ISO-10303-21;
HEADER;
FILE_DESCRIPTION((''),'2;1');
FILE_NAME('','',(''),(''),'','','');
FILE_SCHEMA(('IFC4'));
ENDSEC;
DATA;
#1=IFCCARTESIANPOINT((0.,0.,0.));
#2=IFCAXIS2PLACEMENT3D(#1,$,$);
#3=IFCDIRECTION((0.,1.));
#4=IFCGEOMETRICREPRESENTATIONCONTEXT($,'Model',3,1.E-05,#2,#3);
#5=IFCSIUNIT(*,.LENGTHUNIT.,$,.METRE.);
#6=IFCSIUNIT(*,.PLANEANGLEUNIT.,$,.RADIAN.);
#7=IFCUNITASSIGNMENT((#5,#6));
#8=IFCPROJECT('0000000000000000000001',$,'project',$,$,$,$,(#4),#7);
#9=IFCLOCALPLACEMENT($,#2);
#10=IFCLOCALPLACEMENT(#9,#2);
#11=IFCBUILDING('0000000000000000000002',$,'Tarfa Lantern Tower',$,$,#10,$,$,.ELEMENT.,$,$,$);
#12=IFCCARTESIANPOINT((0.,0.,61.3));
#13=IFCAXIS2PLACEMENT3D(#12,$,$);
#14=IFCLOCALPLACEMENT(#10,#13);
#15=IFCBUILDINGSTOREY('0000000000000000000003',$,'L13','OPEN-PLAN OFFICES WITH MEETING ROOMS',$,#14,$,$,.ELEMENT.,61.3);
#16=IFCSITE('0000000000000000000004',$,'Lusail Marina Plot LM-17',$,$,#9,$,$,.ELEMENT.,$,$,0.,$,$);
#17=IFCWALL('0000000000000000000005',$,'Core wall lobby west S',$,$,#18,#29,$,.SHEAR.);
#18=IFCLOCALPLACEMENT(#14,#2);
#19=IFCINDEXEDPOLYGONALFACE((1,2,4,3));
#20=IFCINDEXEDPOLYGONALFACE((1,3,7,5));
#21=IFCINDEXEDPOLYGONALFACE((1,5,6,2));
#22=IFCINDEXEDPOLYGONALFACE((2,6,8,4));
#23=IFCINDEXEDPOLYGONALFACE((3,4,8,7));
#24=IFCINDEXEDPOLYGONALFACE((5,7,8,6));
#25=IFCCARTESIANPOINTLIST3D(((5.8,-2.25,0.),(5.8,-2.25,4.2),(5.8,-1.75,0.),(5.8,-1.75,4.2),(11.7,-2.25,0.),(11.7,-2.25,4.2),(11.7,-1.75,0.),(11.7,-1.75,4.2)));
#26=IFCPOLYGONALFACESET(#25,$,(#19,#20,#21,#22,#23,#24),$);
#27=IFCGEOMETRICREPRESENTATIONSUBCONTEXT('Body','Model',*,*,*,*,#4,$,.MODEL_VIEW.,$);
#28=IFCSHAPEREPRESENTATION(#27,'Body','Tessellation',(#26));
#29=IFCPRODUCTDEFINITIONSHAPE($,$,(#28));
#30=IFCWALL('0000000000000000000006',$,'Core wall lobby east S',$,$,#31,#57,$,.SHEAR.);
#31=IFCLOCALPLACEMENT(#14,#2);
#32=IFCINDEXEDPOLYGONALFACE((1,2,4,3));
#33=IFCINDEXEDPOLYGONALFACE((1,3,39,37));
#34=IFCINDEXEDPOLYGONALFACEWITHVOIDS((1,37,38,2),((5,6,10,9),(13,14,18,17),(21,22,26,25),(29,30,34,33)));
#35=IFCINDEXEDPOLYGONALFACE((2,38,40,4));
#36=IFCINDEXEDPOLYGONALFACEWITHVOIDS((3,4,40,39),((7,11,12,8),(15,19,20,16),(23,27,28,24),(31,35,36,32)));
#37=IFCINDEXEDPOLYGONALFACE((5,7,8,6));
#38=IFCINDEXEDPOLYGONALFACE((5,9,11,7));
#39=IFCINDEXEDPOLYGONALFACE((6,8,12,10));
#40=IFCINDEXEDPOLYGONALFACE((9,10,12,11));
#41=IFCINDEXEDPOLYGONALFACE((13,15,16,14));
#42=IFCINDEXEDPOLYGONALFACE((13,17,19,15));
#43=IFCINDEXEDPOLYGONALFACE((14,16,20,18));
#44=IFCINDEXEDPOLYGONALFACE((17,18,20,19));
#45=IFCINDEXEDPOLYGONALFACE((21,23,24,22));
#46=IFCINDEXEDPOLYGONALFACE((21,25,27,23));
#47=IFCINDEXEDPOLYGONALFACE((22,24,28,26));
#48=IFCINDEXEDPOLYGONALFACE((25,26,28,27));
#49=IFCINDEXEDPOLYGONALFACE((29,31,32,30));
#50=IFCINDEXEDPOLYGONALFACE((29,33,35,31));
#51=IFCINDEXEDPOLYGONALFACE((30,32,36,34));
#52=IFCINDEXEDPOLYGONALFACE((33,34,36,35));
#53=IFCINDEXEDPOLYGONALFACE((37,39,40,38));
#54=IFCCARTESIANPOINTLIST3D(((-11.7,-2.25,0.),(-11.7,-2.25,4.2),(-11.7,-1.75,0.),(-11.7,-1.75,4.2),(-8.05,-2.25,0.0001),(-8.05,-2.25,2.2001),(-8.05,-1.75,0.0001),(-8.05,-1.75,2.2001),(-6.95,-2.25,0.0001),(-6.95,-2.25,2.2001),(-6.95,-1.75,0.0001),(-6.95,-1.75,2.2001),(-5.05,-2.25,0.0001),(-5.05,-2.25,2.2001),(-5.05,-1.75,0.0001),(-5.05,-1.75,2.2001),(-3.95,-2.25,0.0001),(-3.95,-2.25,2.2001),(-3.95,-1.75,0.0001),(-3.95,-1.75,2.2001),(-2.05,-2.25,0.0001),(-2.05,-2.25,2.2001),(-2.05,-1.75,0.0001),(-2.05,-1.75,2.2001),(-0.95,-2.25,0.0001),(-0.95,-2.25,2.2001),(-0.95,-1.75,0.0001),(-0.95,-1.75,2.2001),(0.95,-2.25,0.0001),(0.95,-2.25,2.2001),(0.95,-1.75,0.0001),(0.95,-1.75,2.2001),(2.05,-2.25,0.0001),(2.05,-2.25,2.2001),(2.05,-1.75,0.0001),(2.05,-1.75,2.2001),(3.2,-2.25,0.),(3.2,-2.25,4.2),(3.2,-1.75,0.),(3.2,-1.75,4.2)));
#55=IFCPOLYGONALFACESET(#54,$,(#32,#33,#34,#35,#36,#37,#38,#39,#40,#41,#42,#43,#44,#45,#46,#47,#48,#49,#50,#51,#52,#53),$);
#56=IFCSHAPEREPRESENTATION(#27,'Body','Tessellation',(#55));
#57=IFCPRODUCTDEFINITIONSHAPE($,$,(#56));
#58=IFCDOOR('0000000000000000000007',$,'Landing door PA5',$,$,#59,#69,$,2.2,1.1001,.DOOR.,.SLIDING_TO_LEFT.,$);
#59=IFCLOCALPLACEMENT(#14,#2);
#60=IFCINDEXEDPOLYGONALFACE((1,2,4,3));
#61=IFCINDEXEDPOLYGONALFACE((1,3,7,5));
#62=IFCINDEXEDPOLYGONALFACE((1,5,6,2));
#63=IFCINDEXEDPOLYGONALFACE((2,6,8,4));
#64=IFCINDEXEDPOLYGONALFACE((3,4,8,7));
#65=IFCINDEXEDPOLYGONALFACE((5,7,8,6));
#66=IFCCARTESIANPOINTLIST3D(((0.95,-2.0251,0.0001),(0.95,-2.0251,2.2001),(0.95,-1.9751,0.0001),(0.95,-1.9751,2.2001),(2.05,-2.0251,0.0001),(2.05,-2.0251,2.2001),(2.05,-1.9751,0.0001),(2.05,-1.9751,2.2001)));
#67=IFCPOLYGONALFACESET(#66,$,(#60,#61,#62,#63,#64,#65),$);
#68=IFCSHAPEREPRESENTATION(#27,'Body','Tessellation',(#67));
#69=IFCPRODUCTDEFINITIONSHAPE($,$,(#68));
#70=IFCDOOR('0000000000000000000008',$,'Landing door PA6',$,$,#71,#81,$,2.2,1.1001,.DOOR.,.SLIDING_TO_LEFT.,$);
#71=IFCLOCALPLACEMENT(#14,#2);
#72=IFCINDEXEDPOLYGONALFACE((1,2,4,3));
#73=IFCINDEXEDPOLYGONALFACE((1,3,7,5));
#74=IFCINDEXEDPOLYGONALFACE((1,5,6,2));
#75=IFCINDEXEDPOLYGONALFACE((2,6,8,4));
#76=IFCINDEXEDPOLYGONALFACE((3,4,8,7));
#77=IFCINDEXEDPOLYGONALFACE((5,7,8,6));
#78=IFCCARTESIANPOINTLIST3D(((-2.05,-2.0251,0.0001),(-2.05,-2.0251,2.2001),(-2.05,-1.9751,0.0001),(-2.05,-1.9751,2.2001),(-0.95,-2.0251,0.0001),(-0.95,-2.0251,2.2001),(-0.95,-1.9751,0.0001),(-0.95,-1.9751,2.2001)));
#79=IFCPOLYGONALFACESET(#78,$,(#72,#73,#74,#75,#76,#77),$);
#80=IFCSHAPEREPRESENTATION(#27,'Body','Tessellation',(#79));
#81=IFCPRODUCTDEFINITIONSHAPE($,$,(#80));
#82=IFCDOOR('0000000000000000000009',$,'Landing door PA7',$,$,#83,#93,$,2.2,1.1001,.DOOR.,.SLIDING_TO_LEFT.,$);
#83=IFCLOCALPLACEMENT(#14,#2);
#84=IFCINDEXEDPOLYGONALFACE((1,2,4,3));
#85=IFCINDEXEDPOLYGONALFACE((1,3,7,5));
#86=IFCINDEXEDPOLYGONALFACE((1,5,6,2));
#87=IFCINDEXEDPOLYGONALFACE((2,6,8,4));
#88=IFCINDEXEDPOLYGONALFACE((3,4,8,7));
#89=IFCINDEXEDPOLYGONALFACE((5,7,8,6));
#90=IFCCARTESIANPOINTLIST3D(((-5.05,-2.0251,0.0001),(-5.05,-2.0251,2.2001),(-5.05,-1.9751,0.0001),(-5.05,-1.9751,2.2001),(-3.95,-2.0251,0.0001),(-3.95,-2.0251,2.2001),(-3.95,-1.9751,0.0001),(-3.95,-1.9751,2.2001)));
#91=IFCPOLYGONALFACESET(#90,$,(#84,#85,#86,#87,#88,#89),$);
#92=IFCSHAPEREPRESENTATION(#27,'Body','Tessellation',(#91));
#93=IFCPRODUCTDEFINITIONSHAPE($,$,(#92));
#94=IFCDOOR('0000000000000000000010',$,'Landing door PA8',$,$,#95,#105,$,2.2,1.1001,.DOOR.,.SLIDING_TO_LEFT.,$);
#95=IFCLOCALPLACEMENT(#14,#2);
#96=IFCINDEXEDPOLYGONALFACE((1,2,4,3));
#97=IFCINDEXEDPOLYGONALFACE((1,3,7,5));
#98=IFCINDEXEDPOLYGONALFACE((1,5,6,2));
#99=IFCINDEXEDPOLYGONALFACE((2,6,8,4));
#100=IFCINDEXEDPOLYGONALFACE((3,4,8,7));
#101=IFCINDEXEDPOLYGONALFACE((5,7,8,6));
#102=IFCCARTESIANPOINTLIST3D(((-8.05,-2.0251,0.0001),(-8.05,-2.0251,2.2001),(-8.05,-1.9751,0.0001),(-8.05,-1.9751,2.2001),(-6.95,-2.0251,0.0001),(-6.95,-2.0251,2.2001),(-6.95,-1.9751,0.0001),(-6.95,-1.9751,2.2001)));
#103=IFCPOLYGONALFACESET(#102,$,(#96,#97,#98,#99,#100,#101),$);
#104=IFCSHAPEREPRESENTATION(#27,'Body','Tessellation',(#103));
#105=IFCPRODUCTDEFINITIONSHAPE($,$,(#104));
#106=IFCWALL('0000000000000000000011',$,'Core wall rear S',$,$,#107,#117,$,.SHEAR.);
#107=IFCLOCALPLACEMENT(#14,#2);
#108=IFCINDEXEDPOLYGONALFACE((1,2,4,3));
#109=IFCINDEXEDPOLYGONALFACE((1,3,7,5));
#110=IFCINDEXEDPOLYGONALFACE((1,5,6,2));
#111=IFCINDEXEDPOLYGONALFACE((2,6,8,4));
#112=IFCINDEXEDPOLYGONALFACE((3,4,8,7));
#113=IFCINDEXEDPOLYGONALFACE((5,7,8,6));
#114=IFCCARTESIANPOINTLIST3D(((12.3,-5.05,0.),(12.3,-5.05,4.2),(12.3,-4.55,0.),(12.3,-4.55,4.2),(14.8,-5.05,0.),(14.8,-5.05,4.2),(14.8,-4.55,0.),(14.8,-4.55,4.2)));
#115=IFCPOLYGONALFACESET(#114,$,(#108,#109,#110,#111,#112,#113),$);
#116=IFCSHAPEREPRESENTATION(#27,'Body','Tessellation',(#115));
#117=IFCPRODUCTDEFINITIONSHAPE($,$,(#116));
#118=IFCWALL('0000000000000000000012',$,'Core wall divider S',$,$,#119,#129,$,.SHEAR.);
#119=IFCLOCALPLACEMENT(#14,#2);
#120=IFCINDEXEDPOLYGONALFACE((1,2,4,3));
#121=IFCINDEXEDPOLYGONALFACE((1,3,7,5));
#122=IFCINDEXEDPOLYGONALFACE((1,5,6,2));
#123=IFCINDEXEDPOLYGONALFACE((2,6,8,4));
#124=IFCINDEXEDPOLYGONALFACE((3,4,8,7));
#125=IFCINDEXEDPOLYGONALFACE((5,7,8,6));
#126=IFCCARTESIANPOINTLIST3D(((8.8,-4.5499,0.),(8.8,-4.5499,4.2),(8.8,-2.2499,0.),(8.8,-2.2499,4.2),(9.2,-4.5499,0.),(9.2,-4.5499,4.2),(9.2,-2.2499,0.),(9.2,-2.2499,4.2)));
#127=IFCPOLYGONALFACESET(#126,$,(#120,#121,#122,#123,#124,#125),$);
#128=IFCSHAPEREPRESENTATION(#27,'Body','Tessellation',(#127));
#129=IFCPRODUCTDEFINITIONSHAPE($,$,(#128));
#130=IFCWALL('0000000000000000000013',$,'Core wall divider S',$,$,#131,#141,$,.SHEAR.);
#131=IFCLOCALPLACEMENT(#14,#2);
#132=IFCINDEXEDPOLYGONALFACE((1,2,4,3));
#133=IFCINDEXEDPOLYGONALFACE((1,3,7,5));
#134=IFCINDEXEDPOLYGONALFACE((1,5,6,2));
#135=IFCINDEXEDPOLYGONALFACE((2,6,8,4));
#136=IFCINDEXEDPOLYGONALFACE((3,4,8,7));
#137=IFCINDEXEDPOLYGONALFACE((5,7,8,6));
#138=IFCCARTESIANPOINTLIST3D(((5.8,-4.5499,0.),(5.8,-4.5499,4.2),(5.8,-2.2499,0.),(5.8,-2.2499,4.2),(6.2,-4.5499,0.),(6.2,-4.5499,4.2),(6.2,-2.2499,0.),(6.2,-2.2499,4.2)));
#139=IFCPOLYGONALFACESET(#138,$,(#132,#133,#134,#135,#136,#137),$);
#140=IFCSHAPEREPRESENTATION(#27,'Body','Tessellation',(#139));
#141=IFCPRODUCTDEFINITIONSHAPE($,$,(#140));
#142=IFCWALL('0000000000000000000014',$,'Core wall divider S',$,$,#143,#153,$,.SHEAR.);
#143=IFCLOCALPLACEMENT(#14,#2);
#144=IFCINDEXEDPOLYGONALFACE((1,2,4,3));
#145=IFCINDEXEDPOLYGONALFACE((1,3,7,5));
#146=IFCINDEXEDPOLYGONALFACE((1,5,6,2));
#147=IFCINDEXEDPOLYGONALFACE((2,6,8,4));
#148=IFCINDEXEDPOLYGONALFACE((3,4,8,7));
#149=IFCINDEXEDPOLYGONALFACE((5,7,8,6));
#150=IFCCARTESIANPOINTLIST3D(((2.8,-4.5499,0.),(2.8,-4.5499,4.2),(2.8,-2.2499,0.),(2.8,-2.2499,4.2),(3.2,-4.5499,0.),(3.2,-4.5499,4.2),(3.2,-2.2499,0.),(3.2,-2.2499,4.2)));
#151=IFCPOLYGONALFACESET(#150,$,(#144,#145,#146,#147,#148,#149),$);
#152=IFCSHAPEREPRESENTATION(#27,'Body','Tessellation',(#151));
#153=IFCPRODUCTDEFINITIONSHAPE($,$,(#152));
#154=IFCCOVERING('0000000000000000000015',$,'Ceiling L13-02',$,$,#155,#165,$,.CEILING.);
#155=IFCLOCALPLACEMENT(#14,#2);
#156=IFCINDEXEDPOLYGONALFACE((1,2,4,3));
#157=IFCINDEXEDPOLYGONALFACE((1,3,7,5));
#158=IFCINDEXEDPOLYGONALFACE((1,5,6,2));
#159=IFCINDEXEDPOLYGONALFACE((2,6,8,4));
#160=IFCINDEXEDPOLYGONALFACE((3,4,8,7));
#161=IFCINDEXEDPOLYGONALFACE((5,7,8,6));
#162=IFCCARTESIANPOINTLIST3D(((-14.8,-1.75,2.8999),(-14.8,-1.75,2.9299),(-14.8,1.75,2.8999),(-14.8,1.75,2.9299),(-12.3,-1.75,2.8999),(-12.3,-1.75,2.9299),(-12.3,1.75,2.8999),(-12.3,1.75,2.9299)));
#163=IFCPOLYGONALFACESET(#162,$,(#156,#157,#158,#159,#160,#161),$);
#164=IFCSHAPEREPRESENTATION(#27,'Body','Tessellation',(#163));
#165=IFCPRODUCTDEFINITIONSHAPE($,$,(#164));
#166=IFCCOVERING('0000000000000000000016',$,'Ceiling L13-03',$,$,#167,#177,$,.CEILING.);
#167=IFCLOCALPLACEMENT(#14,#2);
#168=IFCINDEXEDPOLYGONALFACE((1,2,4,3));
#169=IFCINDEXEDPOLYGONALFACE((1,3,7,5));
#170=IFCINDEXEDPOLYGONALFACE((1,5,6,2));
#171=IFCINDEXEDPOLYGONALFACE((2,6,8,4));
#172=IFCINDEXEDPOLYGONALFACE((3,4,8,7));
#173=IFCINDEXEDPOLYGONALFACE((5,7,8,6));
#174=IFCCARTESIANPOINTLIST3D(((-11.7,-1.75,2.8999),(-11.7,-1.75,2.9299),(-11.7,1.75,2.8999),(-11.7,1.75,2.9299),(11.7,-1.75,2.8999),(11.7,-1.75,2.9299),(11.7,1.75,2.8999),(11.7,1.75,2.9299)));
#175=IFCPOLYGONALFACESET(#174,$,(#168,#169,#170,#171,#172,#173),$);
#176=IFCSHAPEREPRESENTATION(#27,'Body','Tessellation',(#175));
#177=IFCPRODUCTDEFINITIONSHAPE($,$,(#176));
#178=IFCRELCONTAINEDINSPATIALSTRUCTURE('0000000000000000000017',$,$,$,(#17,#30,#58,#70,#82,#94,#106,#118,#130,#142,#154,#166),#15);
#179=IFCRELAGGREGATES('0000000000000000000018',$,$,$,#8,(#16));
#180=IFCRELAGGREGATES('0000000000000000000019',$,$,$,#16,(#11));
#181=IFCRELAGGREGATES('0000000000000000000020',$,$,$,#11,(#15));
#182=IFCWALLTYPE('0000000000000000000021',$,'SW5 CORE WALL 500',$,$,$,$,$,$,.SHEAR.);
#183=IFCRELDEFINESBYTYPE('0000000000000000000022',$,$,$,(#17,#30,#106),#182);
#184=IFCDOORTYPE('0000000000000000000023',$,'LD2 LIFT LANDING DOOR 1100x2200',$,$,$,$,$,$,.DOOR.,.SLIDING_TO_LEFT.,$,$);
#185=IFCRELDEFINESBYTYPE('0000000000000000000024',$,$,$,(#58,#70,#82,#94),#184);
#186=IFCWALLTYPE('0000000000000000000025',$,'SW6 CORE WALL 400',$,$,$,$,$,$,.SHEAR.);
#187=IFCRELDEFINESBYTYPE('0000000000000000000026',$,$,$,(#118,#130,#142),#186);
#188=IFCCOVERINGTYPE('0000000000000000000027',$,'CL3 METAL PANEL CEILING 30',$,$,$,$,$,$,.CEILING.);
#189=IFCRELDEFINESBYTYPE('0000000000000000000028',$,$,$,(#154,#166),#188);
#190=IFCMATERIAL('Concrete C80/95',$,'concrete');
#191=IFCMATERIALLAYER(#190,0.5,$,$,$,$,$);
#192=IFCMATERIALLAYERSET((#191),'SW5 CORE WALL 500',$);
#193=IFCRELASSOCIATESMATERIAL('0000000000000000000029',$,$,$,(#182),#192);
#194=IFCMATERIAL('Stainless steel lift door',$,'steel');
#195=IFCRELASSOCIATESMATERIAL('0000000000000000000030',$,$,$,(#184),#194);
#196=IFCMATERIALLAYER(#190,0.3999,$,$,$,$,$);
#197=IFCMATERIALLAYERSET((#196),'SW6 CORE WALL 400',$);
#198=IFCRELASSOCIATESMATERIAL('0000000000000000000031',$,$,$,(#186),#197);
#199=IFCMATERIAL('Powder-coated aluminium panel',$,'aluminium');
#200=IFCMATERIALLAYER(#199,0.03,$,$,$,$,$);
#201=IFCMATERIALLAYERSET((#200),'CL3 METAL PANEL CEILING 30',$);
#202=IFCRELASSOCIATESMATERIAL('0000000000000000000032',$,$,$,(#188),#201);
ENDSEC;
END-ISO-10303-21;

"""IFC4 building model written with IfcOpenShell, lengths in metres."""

from ifc_helpers import new_model, si_unit, direction, frame, frame_2d, origin, place, context, subcontext, project, spatial, polyline, rectangle, outline, extrude, material, layer, layer_set, type_object, element, fill, save


model = new_model("IFC4")

# Units and contexts
model_context = context("Model", 3, precision=1e-05, world=origin(), true_north=direction((0.0, 1.0)))
body_context = subcontext(model_context, "Body", "Model", "MODEL_VIEW")
ifc_project = project(units=[si_unit("LENGTHUNIT", "METRE"), si_unit("PLANEANGLEUNIT", "RADIAN")], contexts=[model_context])

# Site, building, storey
site_placement = place(None, origin())
site = spatial("IfcSite", under=ifc_project, at=site_placement, Name="Lusail Marina Plot LM-17", CompositionType="ELEMENT", RefElevation=0.0)
building_placement = place(site_placement, origin())
building = spatial("IfcBuilding", under=site, at=building_placement, Name="Tarfa Lantern Tower", CompositionType="ELEMENT")
storey_placement = place(building_placement, frame((0.0, 0.0, 61.3)))
storey = spatial("IfcBuildingStorey", under=building, at=storey_placement, Name="L13", Description="OPEN-PLAN OFFICES WITH MEETING ROOMS", CompositionType="ELEMENT", Elevation=61.3)

# Wall
ifc_material_1 = material(Name="Concrete C80/95", Category="concrete")
ifc_layer_1 = layer(ifc_material_1, 0.5)
ifc_layer_set_1 = layer_set([ifc_layer_1], Name="SW5 CORE WALL 500")
wall_type_1 = type_object("IfcWallType", Name="SW5 CORE WALL 500", PredefinedType="SHEAR", material=ifc_layer_set_1)
wall_1_placement = place(storey_placement, frame((11.7, -2.0, 0.0), z_axis=(0.0, 0.0, 1.0), x_axis=(-1.0, 0.0, 0.0)))
element("IfcWall", 1, at=wall_1_placement, inside=storey, type_object=wall_type_1, Name="Core wall lobby west S", PredefinedType="SHEAR", context=body_context, shape_type="SweptSolid", body=[
    extrude(rectangle(XDim=5.8999, YDim=0.5, at=frame_2d((2.95, 0.0))), origin(), (0.0, 0.0, 1.0), 4.2),
])

# Wall, openings, doors
wall_2_placement = place(storey_placement, frame((3.2, -2.0, 0.0), z_axis=(0.0, 0.0, 1.0), x_axis=(-1.0, 0.0, 0.0)))
wall_2 = element("IfcWall", 2, at=wall_2_placement, inside=storey, type_object=wall_type_1, Name="Core wall lobby east S", PredefinedType="SHEAR", context=body_context, shape_type="SweptSolid", body=[
    extrude(rectangle(XDim=14.8999, YDim=0.5, at=frame_2d((7.45, 0.0))), origin(), (0.0, 0.0, 1.0), 4.2),
])
opening_1_placement = place(wall_2_placement, frame((1.1499, 0.0, 0.0)))
opening_1 = element("IfcOpeningElement", 3, at=opening_1_placement, cuts=wall_2, PredefinedType="OPENING", context=body_context, shape_type="SweptSolid", body=[
    extrude(rectangle(XDim=1.1001, YDim=2.2, at=frame_2d((0.55, 1.1001))), frame((0.0, 0.26, 0.0), z_axis=(0.0, -1.0, 0.0), x_axis=(1.0, 0.0, 0.0)), (0.0, 0.0, 1.0), 0.52),
])
opening_2_placement = place(wall_2_placement, frame((4.1499, 0.0, 0.0)))
opening_2 = element("IfcOpeningElement", 4, at=opening_2_placement, cuts=wall_2, PredefinedType="OPENING", context=body_context, shape_type="SweptSolid", body=[
    extrude(rectangle(XDim=1.1001, YDim=2.2, at=frame_2d((0.55, 1.1001))), frame((0.0, 0.26, 0.0), z_axis=(0.0, -1.0, 0.0), x_axis=(1.0, 0.0, 0.0)), (0.0, 0.0, 1.0), 0.52),
])
opening_3_placement = place(wall_2_placement, frame((7.1499, 0.0, 0.0)))
opening_3 = element("IfcOpeningElement", 5, at=opening_3_placement, cuts=wall_2, PredefinedType="OPENING", context=body_context, shape_type="SweptSolid", body=[
    extrude(rectangle(XDim=1.1001, YDim=2.2, at=frame_2d((0.55, 1.1001))), frame((0.0, 0.26, 0.0), z_axis=(0.0, -1.0, 0.0), x_axis=(1.0, 0.0, 0.0)), (0.0, 0.0, 1.0), 0.52),
])
opening_4_placement = place(wall_2_placement, frame((10.1499, 0.0, 0.0)))
opening_4 = element("IfcOpeningElement", 6, at=opening_4_placement, cuts=wall_2, PredefinedType="OPENING", context=body_context, shape_type="SweptSolid", body=[
    extrude(rectangle(XDim=1.1001, YDim=2.2, at=frame_2d((0.55, 1.1001))), frame((0.0, 0.26, 0.0), z_axis=(0.0, -1.0, 0.0), x_axis=(1.0, 0.0, 0.0)), (0.0, 0.0, 1.0), 0.52),
])
ifc_material_2 = material(Name="Stainless steel lift door", Category="steel")
door_type = type_object("IfcDoorType", Name="LD2 LIFT LANDING DOOR 1100x2200", OperationType="SLIDING_TO_LEFT", PredefinedType="DOOR", material=ifc_material_2)
door_1_placement = place(opening_1_placement, frame((1.1001, 0.0, 0.0), z_axis=(0.0, 0.0, 1.0), x_axis=(-1.0, 0.0, 0.0)))
door_1 = element("IfcDoor", 7, at=door_1_placement, inside=storey, type_object=door_type, Name="Landing door PA5", OperationType="SLIDING_TO_LEFT", OverallHeight=2.2, OverallWidth=1.1001, PredefinedType="DOOR", context=body_context, shape_type="SweptSolid", body=[
    extrude(rectangle(XDim=1.1001, YDim=2.2, at=frame_2d((0.55, 1.1001))), frame((0.0, 0.0249, 0.0), z_axis=(0.0, -1.0, 0.0), x_axis=(1.0, 0.0, 0.0)), (0.0, 0.0, 1.0), 0.05),
])
fill(opening_1, door_1)
door_2_placement = place(opening_2_placement, frame((1.1001, 0.0, 0.0), z_axis=(0.0, 0.0, 1.0), x_axis=(-1.0, 0.0, 0.0)))
door_2 = element("IfcDoor", 8, at=door_2_placement, inside=storey, type_object=door_type, Name="Landing door PA6", OperationType="SLIDING_TO_LEFT", OverallHeight=2.2, OverallWidth=1.1001, PredefinedType="DOOR", context=body_context, shape_type="SweptSolid", body=[
    extrude(rectangle(XDim=1.1001, YDim=2.2, at=frame_2d((0.55, 1.1001))), frame((0.0, 0.0249, 0.0), z_axis=(0.0, -1.0, 0.0), x_axis=(1.0, 0.0, 0.0)), (0.0, 0.0, 1.0), 0.05),
])
fill(opening_2, door_2)
door_3_placement = place(opening_3_placement, frame((1.1001, 0.0, 0.0), z_axis=(0.0, 0.0, 1.0), x_axis=(-1.0, 0.0, 0.0)))
door_3 = element("IfcDoor", 9, at=door_3_placement, inside=storey, type_object=door_type, Name="Landing door PA7", OperationType="SLIDING_TO_LEFT", OverallHeight=2.2, OverallWidth=1.1001, PredefinedType="DOOR", context=body_context, shape_type="SweptSolid", body=[
    extrude(rectangle(XDim=1.1001, YDim=2.2, at=frame_2d((0.55, 1.1001))), frame((0.0, 0.0249, 0.0), z_axis=(0.0, -1.0, 0.0), x_axis=(1.0, 0.0, 0.0)), (0.0, 0.0, 1.0), 0.05),
])
fill(opening_3, door_3)
door_4_placement = place(opening_4_placement, frame((1.1001, 0.0, 0.0), z_axis=(0.0, 0.0, 1.0), x_axis=(-1.0, 0.0, 0.0)))
door_4 = element("IfcDoor", 10, at=door_4_placement, inside=storey, type_object=door_type, Name="Landing door PA8", OperationType="SLIDING_TO_LEFT", OverallHeight=2.2, OverallWidth=1.1001, PredefinedType="DOOR", context=body_context, shape_type="SweptSolid", body=[
    extrude(rectangle(XDim=1.1001, YDim=2.2, at=frame_2d((0.55, 1.1001))), frame((0.0, 0.0249, 0.0), z_axis=(0.0, -1.0, 0.0), x_axis=(1.0, 0.0, 0.0)), (0.0, 0.0, 1.0), 0.05),
])
fill(opening_4, door_4)

# Walls
wall_3_placement = place(storey_placement, frame((14.8, -4.8, 0.0), z_axis=(0.0, 0.0, 1.0), x_axis=(-1.0, 0.0, 0.0)))
element("IfcWall", 11, at=wall_3_placement, inside=storey, type_object=wall_type_1, Name="Core wall rear S", PredefinedType="SHEAR", context=body_context, shape_type="SweptSolid", body=[
    extrude(rectangle(XDim=2.5, YDim=0.5, at=frame_2d((1.25, 0.0))), origin(), (0.0, 0.0, 1.0), 4.2),
])
ifc_layer_2 = layer(ifc_material_1, 0.3999)
ifc_layer_set_2 = layer_set([ifc_layer_2], Name="SW6 CORE WALL 400")
wall_type_2 = type_object("IfcWallType", Name="SW6 CORE WALL 400", PredefinedType="SHEAR", material=ifc_layer_set_2)
for number, where, z_axis, x_axis, name in (
    (12, (9.0, -2.25, 0.0), (0.0, 0.0, 1.0), (0.0, -1.0, 0.0), "Core wall divider S"),
    (13, (6.0, -2.25, 0.0), (0.0, 0.0, 1.0), (0.0, -1.0, 0.0), "Core wall divider S"),
    (14, (3.0, -2.25, 0.0), (0.0, 0.0, 1.0), (0.0, -1.0, 0.0), "Core wall divider S"),
):
    element("IfcWall", number, at=place(storey_placement, frame(where, z_axis=z_axis, x_axis=x_axis)), inside=storey, type_object=wall_type_2, Name=name, PredefinedType="SHEAR", context=body_context, shape_type="SweptSolid", body=[
        extrude(rectangle(XDim=2.3, YDim=0.3999, at=frame_2d((1.1499, 0.0))), origin(), (0.0, 0.0, 1.0), 4.2),
    ])

# Coverings
ifc_material_3 = material(Name="Powder-coated aluminium panel", Category="aluminium")
ifc_layer_3 = layer(ifc_material_3, 0.03)
ifc_layer_set_3 = layer_set([ifc_layer_3], Name="CL3 METAL PANEL CEILING 30")
covering_type_1 = type_object("IfcCoveringType", Name="CL3 METAL PANEL CEILING 30", PredefinedType="CEILING", material=ifc_layer_set_3)
covering_1_placement = place(storey_placement, frame((0.0, 0.0, 2.8999)))
element("IfcCovering", 15, at=covering_1_placement, inside=storey, type_object=covering_type_1, Name="Ceiling L13-02", PredefinedType="CEILING", context=body_context, shape_type="SweptSolid", body=[
    extrude(outline(polyline([(-14.8, -1.75), (-12.3, -1.75), (-12.3, 1.75), (-14.8, 1.75), (-14.8, -1.75)])), origin(), (0.0, 0.0, 1.0), 0.03),
])
covering_2_placement = place(storey_placement, frame((0.0, 0.0, 2.8999)))
element("IfcCovering", 16, at=covering_2_placement, inside=storey, type_object=covering_type_1, Name="Ceiling L13-03", PredefinedType="CEILING", context=body_context, shape_type="SweptSolid", body=[
    extrude(outline(polyline([(-11.7, -1.75), (11.7, -1.75), (11.7, 1.75), (-11.7, 1.75), (-11.7, -1.75)])), origin(), (0.0, 0.0, 1.0), 0.03),
])

save(model, "model.ifc")
